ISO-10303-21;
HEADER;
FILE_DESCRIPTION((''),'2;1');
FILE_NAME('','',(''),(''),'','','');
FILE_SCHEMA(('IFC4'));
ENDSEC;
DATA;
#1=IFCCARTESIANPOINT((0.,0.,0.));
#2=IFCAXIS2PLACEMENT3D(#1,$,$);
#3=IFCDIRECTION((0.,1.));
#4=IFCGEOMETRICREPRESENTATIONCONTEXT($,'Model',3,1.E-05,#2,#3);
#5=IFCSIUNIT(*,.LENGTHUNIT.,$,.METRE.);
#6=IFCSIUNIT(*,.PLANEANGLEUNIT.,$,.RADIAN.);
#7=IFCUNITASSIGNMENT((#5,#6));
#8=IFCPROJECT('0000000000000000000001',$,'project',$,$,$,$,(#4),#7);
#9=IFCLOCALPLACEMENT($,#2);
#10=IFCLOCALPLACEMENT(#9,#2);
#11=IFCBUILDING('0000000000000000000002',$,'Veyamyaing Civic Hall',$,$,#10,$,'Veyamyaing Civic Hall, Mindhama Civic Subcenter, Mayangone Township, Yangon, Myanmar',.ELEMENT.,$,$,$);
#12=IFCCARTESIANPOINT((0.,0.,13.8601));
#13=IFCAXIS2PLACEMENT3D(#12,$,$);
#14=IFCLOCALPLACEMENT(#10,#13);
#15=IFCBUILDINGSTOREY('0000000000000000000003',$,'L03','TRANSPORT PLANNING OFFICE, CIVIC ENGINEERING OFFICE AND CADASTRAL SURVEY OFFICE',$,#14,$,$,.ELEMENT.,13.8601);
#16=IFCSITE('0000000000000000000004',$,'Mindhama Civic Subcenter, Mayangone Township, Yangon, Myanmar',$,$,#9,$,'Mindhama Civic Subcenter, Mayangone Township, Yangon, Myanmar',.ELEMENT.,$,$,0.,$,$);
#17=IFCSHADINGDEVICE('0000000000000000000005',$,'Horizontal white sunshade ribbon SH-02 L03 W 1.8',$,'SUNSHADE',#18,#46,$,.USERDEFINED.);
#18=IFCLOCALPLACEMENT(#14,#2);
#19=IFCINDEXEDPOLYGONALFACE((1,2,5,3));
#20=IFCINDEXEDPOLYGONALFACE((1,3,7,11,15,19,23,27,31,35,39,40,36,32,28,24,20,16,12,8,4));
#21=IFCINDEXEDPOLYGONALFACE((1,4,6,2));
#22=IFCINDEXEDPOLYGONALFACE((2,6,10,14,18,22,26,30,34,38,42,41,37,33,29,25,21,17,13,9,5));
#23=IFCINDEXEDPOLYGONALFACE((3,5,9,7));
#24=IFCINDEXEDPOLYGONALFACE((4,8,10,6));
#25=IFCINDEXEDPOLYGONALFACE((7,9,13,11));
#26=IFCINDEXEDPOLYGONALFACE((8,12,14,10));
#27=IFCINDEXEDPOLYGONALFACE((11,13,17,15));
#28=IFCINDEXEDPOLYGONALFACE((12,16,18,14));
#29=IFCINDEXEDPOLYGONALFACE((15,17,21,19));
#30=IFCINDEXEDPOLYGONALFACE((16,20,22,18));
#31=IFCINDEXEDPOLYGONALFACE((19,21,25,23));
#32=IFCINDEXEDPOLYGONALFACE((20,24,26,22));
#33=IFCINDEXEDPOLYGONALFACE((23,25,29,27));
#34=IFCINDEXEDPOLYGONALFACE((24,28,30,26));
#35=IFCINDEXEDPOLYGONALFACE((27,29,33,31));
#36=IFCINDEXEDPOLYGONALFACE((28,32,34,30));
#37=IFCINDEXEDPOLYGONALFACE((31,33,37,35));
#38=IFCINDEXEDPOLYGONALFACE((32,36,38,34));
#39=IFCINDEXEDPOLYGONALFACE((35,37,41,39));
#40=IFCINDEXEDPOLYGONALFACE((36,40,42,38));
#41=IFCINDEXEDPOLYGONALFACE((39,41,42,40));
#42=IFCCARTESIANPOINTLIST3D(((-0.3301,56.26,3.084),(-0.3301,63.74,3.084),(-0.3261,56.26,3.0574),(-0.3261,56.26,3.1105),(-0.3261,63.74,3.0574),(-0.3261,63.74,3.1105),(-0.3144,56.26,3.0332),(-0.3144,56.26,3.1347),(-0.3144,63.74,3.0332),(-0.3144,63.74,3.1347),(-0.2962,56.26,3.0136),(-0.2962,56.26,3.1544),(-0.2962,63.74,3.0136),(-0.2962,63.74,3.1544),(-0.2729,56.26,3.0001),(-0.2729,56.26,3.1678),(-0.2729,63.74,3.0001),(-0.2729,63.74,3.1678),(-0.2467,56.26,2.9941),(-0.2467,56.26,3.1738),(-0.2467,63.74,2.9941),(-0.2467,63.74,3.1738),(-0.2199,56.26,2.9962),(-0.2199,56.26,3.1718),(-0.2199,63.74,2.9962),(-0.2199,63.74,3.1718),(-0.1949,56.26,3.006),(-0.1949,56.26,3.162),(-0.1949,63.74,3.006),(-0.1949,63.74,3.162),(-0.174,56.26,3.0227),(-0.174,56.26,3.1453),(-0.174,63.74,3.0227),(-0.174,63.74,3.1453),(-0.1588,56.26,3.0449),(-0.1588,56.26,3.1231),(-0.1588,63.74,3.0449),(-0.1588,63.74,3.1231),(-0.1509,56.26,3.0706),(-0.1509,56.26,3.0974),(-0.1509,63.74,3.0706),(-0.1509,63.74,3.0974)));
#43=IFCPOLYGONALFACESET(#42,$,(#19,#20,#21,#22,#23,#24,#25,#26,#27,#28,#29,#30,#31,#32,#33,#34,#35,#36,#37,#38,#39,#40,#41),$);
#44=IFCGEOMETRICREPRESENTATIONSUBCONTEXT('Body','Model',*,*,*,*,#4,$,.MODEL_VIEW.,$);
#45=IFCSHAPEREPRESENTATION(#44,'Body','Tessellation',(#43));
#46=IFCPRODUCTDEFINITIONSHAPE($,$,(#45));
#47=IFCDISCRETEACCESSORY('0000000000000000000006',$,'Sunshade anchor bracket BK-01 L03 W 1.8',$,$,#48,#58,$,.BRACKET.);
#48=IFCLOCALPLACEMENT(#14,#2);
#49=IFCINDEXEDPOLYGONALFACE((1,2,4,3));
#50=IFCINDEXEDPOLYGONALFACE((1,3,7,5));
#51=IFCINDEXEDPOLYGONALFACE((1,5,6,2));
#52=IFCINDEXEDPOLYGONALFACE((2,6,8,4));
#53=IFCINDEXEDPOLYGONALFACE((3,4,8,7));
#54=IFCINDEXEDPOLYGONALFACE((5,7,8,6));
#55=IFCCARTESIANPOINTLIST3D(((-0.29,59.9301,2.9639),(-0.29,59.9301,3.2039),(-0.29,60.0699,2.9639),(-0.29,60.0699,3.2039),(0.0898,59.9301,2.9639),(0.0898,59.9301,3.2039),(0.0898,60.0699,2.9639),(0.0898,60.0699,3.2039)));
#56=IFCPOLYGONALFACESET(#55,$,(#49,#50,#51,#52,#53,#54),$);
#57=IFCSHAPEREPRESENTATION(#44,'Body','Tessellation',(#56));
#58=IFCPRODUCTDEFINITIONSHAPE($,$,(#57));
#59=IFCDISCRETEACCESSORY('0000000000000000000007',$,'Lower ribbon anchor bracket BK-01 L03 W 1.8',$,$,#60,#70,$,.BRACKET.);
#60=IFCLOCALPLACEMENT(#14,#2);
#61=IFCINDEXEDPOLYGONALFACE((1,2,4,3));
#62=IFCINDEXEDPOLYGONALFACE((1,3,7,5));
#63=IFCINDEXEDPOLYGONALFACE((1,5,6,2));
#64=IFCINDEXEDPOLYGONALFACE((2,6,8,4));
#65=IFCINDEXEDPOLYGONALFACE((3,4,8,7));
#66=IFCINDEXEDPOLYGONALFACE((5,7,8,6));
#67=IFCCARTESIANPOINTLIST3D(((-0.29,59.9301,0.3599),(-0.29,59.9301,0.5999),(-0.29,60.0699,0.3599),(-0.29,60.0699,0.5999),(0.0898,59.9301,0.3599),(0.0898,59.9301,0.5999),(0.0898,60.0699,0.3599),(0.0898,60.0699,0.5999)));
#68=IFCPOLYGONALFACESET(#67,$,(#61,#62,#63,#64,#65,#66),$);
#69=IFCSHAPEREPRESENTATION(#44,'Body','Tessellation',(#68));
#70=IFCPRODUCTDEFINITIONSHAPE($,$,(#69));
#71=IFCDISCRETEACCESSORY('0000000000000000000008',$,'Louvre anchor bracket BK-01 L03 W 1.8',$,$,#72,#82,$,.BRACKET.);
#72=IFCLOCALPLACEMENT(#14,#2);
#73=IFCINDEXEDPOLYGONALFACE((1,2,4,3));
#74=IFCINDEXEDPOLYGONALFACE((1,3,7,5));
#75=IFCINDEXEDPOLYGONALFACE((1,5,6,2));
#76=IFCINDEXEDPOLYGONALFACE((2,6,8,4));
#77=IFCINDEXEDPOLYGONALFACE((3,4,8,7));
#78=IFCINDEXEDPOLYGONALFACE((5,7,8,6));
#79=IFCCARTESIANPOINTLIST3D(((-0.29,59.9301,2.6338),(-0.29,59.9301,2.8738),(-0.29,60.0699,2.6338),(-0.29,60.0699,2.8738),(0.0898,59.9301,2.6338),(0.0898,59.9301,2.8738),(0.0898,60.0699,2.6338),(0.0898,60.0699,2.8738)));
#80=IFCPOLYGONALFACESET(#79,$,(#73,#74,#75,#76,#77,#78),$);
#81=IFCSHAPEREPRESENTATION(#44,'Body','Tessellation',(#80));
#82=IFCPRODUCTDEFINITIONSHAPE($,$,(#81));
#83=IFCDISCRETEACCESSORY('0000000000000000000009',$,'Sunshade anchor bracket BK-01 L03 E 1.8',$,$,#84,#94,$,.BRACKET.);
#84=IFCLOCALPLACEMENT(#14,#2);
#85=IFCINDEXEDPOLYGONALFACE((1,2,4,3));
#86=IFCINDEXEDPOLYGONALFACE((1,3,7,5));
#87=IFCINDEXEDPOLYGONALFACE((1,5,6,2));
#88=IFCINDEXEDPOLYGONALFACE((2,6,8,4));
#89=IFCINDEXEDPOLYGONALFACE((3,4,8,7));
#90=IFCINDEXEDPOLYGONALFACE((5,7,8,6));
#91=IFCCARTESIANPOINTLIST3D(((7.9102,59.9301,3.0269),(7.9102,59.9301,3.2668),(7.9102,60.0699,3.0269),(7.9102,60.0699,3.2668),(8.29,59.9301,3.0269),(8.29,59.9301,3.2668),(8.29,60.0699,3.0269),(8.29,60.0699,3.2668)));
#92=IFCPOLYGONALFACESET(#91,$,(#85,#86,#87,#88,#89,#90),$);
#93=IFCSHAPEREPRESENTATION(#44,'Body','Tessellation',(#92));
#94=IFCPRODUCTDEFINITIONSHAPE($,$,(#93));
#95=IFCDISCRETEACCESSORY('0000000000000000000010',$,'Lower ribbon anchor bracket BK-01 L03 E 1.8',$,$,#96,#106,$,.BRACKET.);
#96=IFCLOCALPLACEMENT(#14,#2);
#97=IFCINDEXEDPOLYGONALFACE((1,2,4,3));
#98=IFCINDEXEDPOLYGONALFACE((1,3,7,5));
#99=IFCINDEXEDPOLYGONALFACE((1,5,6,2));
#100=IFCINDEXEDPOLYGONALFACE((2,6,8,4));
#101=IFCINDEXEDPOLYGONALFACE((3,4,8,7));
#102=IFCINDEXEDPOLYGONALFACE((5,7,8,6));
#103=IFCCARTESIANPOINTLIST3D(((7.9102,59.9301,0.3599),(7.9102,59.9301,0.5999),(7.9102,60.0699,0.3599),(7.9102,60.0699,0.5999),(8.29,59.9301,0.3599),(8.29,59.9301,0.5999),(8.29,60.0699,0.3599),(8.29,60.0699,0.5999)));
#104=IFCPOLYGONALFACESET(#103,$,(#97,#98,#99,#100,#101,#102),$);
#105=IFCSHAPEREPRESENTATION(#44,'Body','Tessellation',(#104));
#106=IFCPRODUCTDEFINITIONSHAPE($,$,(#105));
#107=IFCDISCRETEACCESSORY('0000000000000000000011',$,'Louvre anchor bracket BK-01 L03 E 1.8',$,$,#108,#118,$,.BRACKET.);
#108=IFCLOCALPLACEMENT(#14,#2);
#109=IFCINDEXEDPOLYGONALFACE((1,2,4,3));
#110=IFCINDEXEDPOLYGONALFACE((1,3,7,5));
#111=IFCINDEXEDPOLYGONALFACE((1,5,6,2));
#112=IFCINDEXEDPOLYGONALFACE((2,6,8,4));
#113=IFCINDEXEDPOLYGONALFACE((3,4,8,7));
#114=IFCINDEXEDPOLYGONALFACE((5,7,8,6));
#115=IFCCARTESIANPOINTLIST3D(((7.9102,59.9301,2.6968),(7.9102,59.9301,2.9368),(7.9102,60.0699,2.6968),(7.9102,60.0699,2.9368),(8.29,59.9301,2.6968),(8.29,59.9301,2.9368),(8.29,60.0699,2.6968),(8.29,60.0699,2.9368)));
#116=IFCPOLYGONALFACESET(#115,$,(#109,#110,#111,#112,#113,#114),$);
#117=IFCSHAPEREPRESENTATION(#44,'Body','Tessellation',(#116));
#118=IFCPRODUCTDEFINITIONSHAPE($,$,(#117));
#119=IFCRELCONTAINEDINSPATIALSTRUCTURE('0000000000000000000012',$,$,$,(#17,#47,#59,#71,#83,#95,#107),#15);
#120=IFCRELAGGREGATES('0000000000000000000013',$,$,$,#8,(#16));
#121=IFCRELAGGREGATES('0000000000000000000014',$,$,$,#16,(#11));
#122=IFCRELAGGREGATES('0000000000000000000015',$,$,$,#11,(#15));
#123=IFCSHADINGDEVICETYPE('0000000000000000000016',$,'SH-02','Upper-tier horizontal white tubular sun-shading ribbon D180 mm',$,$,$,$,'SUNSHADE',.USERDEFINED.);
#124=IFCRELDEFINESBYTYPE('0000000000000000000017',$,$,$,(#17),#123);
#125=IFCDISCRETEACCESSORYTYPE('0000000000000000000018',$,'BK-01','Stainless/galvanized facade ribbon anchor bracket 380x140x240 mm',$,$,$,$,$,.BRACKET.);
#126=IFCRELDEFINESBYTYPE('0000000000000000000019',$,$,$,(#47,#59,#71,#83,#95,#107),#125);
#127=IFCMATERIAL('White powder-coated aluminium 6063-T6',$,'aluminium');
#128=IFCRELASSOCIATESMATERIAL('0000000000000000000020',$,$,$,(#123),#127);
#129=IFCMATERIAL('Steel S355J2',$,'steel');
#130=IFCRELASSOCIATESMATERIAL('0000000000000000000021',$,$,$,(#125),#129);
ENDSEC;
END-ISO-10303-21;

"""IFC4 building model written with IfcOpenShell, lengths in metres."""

from ifc_helpers import new_model, si_unit, direction, frame, origin, origin_2d, place, context, subcontext, project, spatial, rectangle, circle, extrude, material, material_profile, profile_set, type_object, element, save


model = new_model("IFC4")

# Units and contexts
model_context = context("Model", 3, precision=1e-05, world=origin(), true_north=direction((0.0, 1.0)))
body_context = subcontext(model_context, "Body", "Model", "MODEL_VIEW")
ifc_project = project(units=[si_unit("LENGTHUNIT", "METRE"), si_unit("PLANEANGLEUNIT", "RADIAN")], contexts=[model_context])

# Site, building, storey
site_placement = place(None, origin())
site = spatial("IfcSite", under=ifc_project, at=site_placement, Name="Mindhama Civic Subcenter, Mayangone Township, Yangon, Myanmar", LongName="Mindhama Civic Subcenter, Mayangone Township, Yangon, Myanmar", CompositionType="ELEMENT", RefElevation=0.0)
building_placement = place(site_placement, origin())
building = spatial("IfcBuilding", under=site, at=building_placement, Name="Veyamyaing Civic Hall", LongName="Veyamyaing Civic Hall, Mindhama Civic Subcenter, Mayangone Township, Yangon, Myanmar", CompositionType="ELEMENT")
storey_placement = place(building_placement, frame((0.0, 0.0, 13.8601)))
storey = spatial("IfcBuildingStorey", under=building, at=storey_placement, Name="L03", Description="TRANSPORT PLANNING OFFICE, CIVIC ENGINEERING OFFICE AND CADASTRAL SURVEY OFFICE", CompositionType="ELEMENT", Elevation=13.8601)

# Shared definitions
ifc_material_1 = material(Name="White powder-coated aluminium 6063-T6", Category="aluminium")

# Shading device
ifc_material_profile_1 = material_profile(ifc_material_1, circle(Radius=0.0901, at=origin_2d()), Name="SHADE-TUBE-180")
ifc_profile_set_1 = profile_set([ifc_material_profile_1], Name="White powder-coated aluminium 6063-T6")
shading_device_type_1 = type_object("IfcShadingDeviceType", Name="SH-02", Description="Upper-tier horizontal white tubular sun-shading ribbon D180 mm", ElementType="SUNSHADE", PredefinedType="USERDEFINED", material=ifc_profile_set_1)
shading_device_1_placement = place(storey_placement, frame((-0.24, 56.26, 3.084), z_axis=(0.0, 1.0, 0.0), x_axis=(-1.0, 0.0, 0.0)))
element("IfcShadingDevice", 1, at=shading_device_1_placement, inside=storey, type_object=shading_device_type_1, Name="Horizontal white sunshade ribbon SH-02 L03 W 1.8", ObjectType="SUNSHADE", PredefinedType="USERDEFINED", context=body_context, shape_type="SweptSolid", body=[
    extrude(circle(Radius=0.0901, at=origin_2d()), origin(), (0.0, 0.0, 1.0), 7.48),
])

# Discrete accessories
ifc_material_2 = material(Name="Steel S355J2", Category="steel")
discrete_accessory_type = type_object("IfcDiscreteAccessoryType", Name="BK-01", Description="Stainless/galvanized facade ribbon anchor bracket 380x140x240 mm", PredefinedType="BRACKET", material=ifc_material_2)
for number, where, z_axis, x_axis, name in (
    (2, (-0.1001, 60.0, 2.9639), (0.0, 0.0, 1.0), (-1.0, 0.0, 0.0), "Sunshade anchor bracket BK-01 L03 W 1.8"),
    (3, (-0.1001, 60.0, 0.3599), (0.0, 0.0, 1.0), (-1.0, 0.0, 0.0), "Lower ribbon anchor bracket BK-01 L03 W 1.8"),
    (4, (-0.1001, 60.0, 2.6338), (0.0, 0.0, 1.0), (-1.0, 0.0, 0.0), "Louvre anchor bracket BK-01 L03 W 1.8"),
    (5, (8.1001, 60.0, 3.0269), (0.0, 0.0, 1.0), (1.0, 0.0, 0.0), "Sunshade anchor bracket BK-01 L03 E 1.8"),
    (6, (8.1001, 60.0, 0.3599), (0.0, 0.0, 1.0), (1.0, 0.0, 0.0), "Lower ribbon anchor bracket BK-01 L03 E 1.8"),
    (7, (8.1001, 60.0, 2.6968), (0.0, 0.0, 1.0), (1.0, 0.0, 0.0), "Louvre anchor bracket BK-01 L03 E 1.8"),
):
    element("IfcDiscreteAccessory", number, at=place(storey_placement, frame(where, z_axis=z_axis, x_axis=x_axis)), inside=storey, type_object=discrete_accessory_type, Name=name, PredefinedType="BRACKET", context=body_context, shape_type="SweptSolid", body=[
        extrude(rectangle(XDim=0.3799, YDim=0.1399, at=origin_2d()), origin(), (0.0, 0.0, 1.0), 0.24),
    ])

save(model, "model.ifc")
